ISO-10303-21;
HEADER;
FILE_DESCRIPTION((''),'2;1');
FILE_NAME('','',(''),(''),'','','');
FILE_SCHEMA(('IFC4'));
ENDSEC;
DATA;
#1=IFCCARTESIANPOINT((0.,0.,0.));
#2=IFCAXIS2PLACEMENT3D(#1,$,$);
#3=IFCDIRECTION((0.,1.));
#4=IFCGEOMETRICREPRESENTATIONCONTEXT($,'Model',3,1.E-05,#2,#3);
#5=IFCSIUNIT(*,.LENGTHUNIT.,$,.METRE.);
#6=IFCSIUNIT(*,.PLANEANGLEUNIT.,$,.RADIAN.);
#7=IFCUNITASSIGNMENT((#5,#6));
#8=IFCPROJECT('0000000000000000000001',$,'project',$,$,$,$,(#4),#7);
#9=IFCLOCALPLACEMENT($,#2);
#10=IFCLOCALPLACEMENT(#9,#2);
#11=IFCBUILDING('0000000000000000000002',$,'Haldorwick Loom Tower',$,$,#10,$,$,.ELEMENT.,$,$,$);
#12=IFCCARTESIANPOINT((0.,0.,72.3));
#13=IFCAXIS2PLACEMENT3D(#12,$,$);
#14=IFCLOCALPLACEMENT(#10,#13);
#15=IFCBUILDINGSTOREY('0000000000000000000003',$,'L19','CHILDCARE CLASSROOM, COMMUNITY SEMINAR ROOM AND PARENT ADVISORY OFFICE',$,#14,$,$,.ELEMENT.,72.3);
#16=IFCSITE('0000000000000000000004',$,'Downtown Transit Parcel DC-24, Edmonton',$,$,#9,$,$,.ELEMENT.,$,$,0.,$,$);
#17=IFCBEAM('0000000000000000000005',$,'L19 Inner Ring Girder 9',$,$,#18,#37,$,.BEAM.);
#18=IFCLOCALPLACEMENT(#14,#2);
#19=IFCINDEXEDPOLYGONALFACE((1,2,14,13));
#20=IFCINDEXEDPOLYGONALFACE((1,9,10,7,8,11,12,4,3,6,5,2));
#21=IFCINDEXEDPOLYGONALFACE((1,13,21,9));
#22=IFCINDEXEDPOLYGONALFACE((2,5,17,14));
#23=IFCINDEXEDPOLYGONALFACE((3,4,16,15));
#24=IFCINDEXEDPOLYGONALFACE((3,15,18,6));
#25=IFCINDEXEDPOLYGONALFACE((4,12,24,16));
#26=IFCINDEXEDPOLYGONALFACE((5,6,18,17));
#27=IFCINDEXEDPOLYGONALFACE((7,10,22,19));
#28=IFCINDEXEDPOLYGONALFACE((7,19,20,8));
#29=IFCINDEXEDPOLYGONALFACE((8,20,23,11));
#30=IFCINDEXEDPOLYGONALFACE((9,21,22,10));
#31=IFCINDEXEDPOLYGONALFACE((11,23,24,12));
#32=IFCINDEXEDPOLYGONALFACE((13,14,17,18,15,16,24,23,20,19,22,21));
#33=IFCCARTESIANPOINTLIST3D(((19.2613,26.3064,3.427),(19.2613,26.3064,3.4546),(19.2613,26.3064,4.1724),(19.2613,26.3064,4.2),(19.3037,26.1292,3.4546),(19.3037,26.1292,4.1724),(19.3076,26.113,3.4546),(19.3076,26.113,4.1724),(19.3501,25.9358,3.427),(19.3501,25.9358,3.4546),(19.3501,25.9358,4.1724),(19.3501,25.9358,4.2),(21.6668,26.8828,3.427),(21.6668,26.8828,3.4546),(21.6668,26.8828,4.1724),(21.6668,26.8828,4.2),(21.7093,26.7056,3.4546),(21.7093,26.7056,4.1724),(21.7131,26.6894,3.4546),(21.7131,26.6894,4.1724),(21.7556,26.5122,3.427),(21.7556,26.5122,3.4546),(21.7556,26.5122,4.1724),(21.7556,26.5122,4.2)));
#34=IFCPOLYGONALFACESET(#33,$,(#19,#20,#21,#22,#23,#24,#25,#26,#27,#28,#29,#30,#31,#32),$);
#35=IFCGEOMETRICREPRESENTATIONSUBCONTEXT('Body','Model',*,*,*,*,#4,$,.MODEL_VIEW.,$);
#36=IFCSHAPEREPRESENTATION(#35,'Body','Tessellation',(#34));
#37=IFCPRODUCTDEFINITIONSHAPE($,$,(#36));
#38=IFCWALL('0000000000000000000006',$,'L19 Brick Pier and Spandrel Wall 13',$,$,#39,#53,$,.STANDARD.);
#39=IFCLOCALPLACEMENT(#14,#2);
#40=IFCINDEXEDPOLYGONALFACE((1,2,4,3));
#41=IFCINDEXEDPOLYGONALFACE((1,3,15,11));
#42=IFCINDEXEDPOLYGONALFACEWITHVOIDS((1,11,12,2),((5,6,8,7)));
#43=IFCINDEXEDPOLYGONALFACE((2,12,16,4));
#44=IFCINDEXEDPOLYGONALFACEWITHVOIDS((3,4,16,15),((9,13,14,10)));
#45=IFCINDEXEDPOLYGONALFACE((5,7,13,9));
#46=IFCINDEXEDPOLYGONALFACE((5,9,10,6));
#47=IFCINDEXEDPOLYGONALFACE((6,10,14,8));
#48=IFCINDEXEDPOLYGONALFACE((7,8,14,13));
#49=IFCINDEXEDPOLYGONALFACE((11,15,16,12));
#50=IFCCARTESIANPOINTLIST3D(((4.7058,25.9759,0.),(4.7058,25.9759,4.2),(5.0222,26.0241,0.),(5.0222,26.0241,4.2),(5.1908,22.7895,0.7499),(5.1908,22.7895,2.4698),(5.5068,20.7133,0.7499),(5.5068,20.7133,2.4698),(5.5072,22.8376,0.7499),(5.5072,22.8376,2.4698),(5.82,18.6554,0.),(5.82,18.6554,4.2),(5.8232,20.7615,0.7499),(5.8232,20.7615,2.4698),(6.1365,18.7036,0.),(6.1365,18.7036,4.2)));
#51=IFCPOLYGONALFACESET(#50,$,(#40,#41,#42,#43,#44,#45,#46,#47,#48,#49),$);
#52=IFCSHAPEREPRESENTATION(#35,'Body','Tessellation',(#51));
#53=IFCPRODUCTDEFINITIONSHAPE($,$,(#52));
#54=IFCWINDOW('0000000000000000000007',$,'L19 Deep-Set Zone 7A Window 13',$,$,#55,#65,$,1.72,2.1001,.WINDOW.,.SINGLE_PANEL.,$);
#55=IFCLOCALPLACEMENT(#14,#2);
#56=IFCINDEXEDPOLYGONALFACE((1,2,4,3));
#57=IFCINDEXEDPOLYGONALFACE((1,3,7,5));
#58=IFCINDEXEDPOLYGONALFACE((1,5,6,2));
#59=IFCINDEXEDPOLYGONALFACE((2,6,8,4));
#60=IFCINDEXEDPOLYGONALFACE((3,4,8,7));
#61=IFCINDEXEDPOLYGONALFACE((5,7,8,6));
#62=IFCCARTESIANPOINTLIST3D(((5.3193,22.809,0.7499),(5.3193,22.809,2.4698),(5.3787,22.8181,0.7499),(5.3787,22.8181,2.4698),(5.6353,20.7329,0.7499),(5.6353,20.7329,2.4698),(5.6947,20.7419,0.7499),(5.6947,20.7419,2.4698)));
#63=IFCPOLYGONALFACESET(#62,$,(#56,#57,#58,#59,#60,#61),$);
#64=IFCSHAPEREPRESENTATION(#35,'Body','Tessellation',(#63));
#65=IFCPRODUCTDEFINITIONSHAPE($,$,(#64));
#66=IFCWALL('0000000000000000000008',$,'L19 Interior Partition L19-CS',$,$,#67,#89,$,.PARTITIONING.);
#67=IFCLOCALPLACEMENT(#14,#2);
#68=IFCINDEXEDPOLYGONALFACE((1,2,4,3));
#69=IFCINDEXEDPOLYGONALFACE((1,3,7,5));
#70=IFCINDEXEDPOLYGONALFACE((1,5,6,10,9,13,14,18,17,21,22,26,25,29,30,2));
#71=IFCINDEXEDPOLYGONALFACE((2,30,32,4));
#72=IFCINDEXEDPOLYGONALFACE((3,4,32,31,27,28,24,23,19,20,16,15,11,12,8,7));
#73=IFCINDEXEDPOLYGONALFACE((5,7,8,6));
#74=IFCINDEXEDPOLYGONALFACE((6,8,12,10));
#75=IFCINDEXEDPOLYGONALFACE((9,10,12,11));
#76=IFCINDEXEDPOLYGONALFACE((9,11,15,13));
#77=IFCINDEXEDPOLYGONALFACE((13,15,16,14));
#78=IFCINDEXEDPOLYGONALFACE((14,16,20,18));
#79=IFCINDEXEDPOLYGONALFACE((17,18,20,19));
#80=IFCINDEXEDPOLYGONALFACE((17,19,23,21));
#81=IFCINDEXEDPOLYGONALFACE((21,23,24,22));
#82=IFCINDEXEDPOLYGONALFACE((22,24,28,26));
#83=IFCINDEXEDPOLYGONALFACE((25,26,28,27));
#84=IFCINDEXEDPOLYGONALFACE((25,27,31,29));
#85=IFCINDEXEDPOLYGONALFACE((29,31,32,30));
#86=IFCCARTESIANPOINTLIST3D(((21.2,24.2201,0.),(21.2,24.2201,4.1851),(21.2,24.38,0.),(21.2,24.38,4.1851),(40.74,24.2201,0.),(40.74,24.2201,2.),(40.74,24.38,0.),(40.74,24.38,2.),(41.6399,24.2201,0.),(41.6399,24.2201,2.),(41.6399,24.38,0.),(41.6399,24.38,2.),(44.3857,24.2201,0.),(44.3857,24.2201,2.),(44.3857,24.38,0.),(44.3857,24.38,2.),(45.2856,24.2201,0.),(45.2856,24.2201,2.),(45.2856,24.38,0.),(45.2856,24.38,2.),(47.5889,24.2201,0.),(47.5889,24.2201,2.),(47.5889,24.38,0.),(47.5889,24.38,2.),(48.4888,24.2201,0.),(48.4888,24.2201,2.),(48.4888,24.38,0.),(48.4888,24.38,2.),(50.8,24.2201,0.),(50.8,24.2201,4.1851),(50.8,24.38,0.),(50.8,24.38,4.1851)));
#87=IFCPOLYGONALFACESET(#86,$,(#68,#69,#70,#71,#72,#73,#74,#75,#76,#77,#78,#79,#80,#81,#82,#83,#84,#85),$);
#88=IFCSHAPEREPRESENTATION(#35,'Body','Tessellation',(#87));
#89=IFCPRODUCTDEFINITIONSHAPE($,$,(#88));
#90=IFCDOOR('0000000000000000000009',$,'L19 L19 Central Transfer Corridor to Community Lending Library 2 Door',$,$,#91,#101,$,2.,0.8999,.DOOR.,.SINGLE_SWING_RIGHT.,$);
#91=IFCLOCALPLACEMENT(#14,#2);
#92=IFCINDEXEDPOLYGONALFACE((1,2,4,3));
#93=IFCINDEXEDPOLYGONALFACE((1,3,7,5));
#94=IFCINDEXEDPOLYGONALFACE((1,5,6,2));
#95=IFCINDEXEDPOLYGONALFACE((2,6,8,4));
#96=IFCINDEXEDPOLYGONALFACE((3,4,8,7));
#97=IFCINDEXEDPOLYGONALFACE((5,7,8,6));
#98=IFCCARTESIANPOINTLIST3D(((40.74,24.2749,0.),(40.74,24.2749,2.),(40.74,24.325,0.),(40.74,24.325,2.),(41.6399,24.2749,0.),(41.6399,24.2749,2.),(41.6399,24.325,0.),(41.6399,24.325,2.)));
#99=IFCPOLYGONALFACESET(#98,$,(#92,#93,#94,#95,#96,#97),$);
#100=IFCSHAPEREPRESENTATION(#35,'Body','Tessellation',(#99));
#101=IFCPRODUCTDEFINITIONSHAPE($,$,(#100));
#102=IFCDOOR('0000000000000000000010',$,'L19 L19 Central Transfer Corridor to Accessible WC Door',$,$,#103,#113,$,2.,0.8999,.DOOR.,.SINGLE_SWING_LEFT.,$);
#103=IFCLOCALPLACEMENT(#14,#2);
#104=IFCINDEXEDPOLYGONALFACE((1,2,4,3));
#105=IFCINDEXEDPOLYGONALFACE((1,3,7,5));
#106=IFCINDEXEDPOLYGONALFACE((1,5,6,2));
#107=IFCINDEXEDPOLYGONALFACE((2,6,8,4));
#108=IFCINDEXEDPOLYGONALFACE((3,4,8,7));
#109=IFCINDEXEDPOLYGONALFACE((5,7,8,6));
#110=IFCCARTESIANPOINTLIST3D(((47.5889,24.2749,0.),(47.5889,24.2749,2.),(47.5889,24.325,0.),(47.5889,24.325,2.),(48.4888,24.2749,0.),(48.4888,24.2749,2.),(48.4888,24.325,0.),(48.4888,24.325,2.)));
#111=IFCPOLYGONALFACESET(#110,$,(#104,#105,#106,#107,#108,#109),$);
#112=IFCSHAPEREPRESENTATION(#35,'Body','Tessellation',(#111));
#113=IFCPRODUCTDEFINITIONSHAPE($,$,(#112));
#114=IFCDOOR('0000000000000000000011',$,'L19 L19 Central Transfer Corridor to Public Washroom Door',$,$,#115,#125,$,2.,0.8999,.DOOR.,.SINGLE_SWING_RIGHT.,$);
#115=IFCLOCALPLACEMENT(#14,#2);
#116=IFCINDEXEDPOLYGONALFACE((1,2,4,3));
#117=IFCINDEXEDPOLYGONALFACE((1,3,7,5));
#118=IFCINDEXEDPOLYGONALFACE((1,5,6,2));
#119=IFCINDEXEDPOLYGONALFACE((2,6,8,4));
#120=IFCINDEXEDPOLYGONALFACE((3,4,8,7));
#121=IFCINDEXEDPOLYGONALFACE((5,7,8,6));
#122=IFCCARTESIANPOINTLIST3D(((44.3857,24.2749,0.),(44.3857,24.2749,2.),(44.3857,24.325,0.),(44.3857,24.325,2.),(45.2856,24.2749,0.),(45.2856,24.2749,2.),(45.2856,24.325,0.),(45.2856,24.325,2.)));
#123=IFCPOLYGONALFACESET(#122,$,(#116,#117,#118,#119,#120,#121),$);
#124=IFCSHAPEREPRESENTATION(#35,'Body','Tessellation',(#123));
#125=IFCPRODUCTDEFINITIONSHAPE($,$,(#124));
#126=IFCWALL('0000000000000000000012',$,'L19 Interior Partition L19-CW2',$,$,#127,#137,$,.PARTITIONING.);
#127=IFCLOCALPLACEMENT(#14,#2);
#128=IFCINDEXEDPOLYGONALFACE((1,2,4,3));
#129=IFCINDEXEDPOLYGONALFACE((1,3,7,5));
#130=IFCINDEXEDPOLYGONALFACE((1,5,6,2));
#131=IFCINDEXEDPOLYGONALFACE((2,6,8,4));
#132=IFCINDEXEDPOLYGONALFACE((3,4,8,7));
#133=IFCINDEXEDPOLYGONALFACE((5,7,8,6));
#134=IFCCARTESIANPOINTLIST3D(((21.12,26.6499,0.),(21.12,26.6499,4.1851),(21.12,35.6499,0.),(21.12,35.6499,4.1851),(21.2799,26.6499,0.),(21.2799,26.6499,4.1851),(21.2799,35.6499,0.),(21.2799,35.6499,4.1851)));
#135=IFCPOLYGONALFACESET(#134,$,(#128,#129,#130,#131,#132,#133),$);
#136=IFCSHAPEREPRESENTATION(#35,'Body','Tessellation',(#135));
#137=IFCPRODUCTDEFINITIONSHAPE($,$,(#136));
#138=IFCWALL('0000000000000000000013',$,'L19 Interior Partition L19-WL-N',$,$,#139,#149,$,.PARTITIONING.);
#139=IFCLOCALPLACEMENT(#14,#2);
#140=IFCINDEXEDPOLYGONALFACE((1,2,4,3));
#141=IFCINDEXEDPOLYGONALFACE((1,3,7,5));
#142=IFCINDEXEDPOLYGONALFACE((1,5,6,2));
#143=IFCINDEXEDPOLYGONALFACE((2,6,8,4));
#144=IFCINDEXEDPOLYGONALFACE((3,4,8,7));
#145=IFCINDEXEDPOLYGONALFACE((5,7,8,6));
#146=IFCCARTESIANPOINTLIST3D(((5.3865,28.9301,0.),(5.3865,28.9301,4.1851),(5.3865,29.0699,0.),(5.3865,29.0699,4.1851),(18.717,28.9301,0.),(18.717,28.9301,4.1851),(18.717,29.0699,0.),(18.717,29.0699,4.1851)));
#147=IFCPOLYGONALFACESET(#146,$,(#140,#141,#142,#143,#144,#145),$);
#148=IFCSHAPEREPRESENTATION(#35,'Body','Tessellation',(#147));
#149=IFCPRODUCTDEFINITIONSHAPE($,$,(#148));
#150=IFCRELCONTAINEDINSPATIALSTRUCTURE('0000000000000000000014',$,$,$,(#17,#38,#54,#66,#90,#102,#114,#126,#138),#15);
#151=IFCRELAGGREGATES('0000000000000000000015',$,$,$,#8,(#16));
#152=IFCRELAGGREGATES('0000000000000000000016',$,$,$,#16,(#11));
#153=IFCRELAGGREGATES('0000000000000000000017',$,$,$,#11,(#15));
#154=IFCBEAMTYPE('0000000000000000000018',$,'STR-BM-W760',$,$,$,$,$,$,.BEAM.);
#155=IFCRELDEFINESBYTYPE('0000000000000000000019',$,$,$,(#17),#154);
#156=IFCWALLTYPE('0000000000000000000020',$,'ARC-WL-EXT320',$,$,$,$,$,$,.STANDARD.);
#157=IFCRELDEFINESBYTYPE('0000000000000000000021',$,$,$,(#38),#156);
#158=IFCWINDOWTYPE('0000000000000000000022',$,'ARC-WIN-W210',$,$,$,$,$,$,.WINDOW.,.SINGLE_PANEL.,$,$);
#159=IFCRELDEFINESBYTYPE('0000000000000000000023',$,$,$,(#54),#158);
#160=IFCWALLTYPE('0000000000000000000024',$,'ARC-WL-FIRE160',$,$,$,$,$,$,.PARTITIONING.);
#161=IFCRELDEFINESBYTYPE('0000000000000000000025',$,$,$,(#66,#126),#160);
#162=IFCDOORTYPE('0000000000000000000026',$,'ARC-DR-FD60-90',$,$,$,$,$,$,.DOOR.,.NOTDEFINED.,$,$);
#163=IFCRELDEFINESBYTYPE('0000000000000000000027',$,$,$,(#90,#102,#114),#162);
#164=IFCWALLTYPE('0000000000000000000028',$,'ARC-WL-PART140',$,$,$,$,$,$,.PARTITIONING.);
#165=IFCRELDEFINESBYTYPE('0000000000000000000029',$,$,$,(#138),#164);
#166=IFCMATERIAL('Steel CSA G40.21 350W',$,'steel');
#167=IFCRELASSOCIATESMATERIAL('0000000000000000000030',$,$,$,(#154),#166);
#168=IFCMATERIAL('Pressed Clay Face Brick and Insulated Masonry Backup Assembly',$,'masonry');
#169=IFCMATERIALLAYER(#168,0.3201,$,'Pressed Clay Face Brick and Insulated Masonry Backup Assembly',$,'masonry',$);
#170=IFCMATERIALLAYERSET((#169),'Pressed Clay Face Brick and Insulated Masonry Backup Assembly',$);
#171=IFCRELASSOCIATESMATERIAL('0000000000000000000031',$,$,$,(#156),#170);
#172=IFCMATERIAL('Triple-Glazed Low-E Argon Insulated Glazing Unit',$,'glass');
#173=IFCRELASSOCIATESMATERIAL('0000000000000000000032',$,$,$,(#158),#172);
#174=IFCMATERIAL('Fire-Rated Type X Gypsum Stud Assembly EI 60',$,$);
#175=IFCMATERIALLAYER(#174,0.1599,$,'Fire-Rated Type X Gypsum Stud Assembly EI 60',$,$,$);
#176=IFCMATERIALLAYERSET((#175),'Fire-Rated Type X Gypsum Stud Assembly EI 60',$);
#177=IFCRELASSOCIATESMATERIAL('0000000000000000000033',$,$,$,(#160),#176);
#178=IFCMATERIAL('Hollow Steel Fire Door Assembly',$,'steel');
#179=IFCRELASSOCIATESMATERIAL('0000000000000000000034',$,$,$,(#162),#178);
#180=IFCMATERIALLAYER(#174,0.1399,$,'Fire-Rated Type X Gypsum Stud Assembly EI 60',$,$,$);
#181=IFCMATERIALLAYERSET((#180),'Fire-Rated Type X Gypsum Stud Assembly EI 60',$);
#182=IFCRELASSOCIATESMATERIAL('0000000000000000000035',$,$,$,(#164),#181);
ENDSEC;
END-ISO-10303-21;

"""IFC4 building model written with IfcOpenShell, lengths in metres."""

from ifc_helpers import new_model, si_unit, direction, frame, frame_2d, origin, origin_2d, place, context, subcontext, project, spatial, rectangle, i_section, extrude, material, layer, layer_set, material_profile, profile_set, type_object, element, fill, save


model = new_model("IFC4")

# Units and contexts
model_context = context("Model", 3, precision=1e-05, world=origin(), true_north=direction((0.0, 1.0)))
body_context = subcontext(model_context, "Body", "Model", "MODEL_VIEW")
ifc_project = project(units=[si_unit("LENGTHUNIT", "METRE"), si_unit("PLANEANGLEUNIT", "RADIAN")], contexts=[model_context])

# Site, building, storey
site_placement = place(None, origin())
site = spatial("IfcSite", under=ifc_project, at=site_placement, Name="Downtown Transit Parcel DC-24, Edmonton", CompositionType="ELEMENT", RefElevation=0.0)
building_placement = place(site_placement, origin())
building = spatial("IfcBuilding", under=site, at=building_placement, Name="Haldorwick Loom Tower", CompositionType="ELEMENT")
storey_placement = place(building_placement, frame((0.0, 0.0, 72.3)))
storey = spatial("IfcBuildingStorey", under=building, at=storey_placement, Name="L19", Description="CHILDCARE CLASSROOM, COMMUNITY SEMINAR ROOM AND PARENT ADVISORY OFFICE", CompositionType="ELEMENT", Elevation=72.3)

# Beam
ifc_material_1 = material(Name="Steel CSA G40.21 350W", Category="steel")
ifc_material_profile_1 = material_profile(ifc_material_1, i_section(OverallWidth=0.3811, OverallDepth=0.7729, WebThickness=0.0166, FlangeThickness=0.0276, at=origin_2d()), Name="W760X257", Category="steel")
ifc_profile_set_1 = profile_set([ifc_material_profile_1], Name="Steel CSA G40.21 350W")
beam_type_1 = type_object("IfcBeamType", Name="STR-BM-W760", PredefinedType="BEAM", material=ifc_profile_set_1)
beam_1_placement = place(storey_placement, frame((19.3057, 26.1211, 3.8135), z_axis=(0.972471, 0.233026, 0.0), x_axis=(-0.233026, 0.972471, 0.0)))
element("IfcBeam", 1, at=beam_1_placement, inside=storey, type_object=beam_type_1, Name="L19 Inner Ring Girder 9", PredefinedType="BEAM", context=body_context, shape_type="SweptSolid", body=[
    extrude(i_section(OverallWidth=0.3811, OverallDepth=0.7729, WebThickness=0.0166, FlangeThickness=0.0276, at=origin_2d()), origin(), (0.0, 0.0, 1.0), 2.4736),
])

# Wall, opening, window
ifc_material_2 = material(Name="Pressed Clay Face Brick and Insulated Masonry Backup Assembly", Category="masonry")
ifc_layer_1 = layer(ifc_material_2, 0.3201, Name="Pressed Clay Face Brick and Insulated Masonry Backup Assembly", Category="masonry")
ifc_layer_set_1 = layer_set([ifc_layer_1], Name="Pressed Clay Face Brick and Insulated Masonry Backup Assembly")
wall_type_1 = type_object("IfcWallType", Name="ARC-WL-EXT320", PredefinedType="STANDARD", material=ifc_layer_set_1)
wall_1_placement = place(storey_placement, frame((4.864, 26.0, 0.0), z_axis=(0.0, 0.0, 1.0), x_axis=(0.150476, -0.988614, 0.0)))
wall_1 = element("IfcWall", 2, at=wall_1_placement, inside=storey, type_object=wall_type_1, Name="L19 Brick Pier and Spandrel Wall 13", PredefinedType="STANDARD", context=body_context, shape_type="SweptSolid", body=[
    extrude(rectangle(XDim=7.4048, YDim=0.3201, at=frame_2d((3.7024, 0.0))), origin(), (0.0, 0.0, 1.0), 4.2),
])
opening_1_placement = place(wall_1_placement, frame((3.2231, 0.0, 0.75)))
opening_1 = element("IfcOpeningElement", 3, at=opening_1_placement, cuts=wall_1, PredefinedType="OPENING", context=body_context, shape_type="SweptSolid", body=[
    extrude(rectangle(XDim=2.1001, YDim=1.72, at=frame_2d((1.05, 0.8599))), frame((0.0, 0.1699, 0.0), z_axis=(0.0, -1.0, 0.0), x_axis=(1.0, 0.0, 0.0)), (0.0, 0.0, 1.0), 0.3401),
])
ifc_material_3 = material(Name="Triple-Glazed Low-E Argon Insulated Glazing Unit", Category="glass")
window_type = type_object("IfcWindowType", Name="ARC-WIN-W210", PartitioningType="SINGLE_PANEL", PredefinedType="WINDOW", material=ifc_material_3)
window_placement = place(opening_1_placement, origin())
window = element("IfcWindow", 4, at=window_placement, inside=storey, type_object=window_type, Name="L19 Deep-Set Zone 7A Window 13", OverallHeight=1.72, OverallWidth=2.1001, PartitioningType="SINGLE_PANEL", PredefinedType="WINDOW", context=body_context, shape_type="SweptSolid", body=[
    extrude(rectangle(XDim=2.1001, YDim=1.72, at=frame_2d((1.05, 0.8599))), frame((0.0, 0.03, 0.0), z_axis=(0.0, -1.0, 0.0), x_axis=(1.0, 0.0, 0.0)), (0.0, 0.0, 1.0), 0.0601),
])
fill(opening_1, window)

# Wall, openings, doors
ifc_material_4 = material(Name="Fire-Rated Type X Gypsum Stud Assembly EI 60")
ifc_layer_2 = layer(ifc_material_4, 0.1599, Name="Fire-Rated Type X Gypsum Stud Assembly EI 60")
ifc_layer_set_2 = layer_set([ifc_layer_2], Name="Fire-Rated Type X Gypsum Stud Assembly EI 60")
wall_type_2 = type_object("IfcWallType", Name="ARC-WL-FIRE160", PredefinedType="PARTITIONING", material=ifc_layer_set_2)
wall_2_placement = place(storey_placement, frame((21.2, 24.3, 0.0), z_axis=(0.0, 0.0, 1.0), x_axis=(1.0, 0.0, 0.0)))
wall_2 = element("IfcWall", 5, at=wall_2_placement, inside=storey, type_object=wall_type_2, Name="L19 Interior Partition L19-CS", PredefinedType="PARTITIONING", context=body_context, shape_type="SweptSolid", body=[
    extrude(rectangle(XDim=29.6001, YDim=0.1599, at=frame_2d((14.8, 0.0))), origin(), (0.0, 0.0, 1.0), 4.1851),
])
opening_2_placement = place(wall_2_placement, frame((19.54, 0.0, 0.0)))
opening_2 = element("IfcOpeningElement", 6, at=opening_2_placement, cuts=wall_2, PredefinedType="OPENING", context=body_context, shape_type="SweptSolid", body=[
    extrude(rectangle(XDim=0.8999, YDim=2.0, at=frame_2d((0.45, 1.0))), frame((0.0, 0.0898, 0.0), z_axis=(0.0, -1.0, 0.0), x_axis=(1.0, 0.0, 0.0)), (0.0, 0.0, 1.0), 0.1799),
])
opening_3_placement = place(wall_2_placement, frame((26.3889, 0.0, 0.0)))
opening_3 = element("IfcOpeningElement", 7, at=opening_3_placement, cuts=wall_2, PredefinedType="OPENING", context=body_context, shape_type="SweptSolid", body=[
    extrude(rectangle(XDim=0.8999, YDim=2.0, at=frame_2d((0.45, 1.0))), frame((0.0, 0.0898, 0.0), z_axis=(0.0, -1.0, 0.0), x_axis=(1.0, 0.0, 0.0)), (0.0, 0.0, 1.0), 0.1799),
])
opening_4_placement = place(wall_2_placement, frame((23.1858, 0.0, 0.0)))
opening_4 = element("IfcOpeningElement", 8, at=opening_4_placement, cuts=wall_2, PredefinedType="OPENING", context=body_context, shape_type="SweptSolid", body=[
    extrude(rectangle(XDim=0.8999, YDim=2.0, at=frame_2d((0.45, 1.0))), frame((0.0, 0.0898, 0.0), z_axis=(0.0, -1.0, 0.0), x_axis=(1.0, 0.0, 0.0)), (0.0, 0.0, 1.0), 0.1799),
])
ifc_material_5 = material(Name="Hollow Steel Fire Door Assembly", Category="steel")
door_type_1 = type_object("IfcDoorType", Name="ARC-DR-FD60-90", OperationType="NOTDEFINED", PredefinedType="DOOR", material=ifc_material_5)
door_1_placement = place(opening_2_placement, origin())
door_1 = element("IfcDoor", 9, at=door_1_placement, inside=storey, type_object=door_type_1, Name="L19 L19 Central Transfer Corridor to Community Lending Library 2 Door", OperationType="SINGLE_SWING_RIGHT", OverallHeight=2.0, OverallWidth=0.8999, PredefinedType="DOOR", context=body_context, shape_type="SweptSolid", body=[
    extrude(rectangle(XDim=0.8999, YDim=2.0, at=frame_2d((0.45, 1.0))), frame((0.0, 0.0249, 0.0), z_axis=(0.0, -1.0, 0.0), x_axis=(1.0, 0.0, 0.0)), (0.0, 0.0, 1.0), 0.05),
])
fill(opening_2, door_1)
door_2_placement = place(opening_3_placement, origin())
door_2 = element("IfcDoor", 10, at=door_2_placement, inside=storey, type_object=door_type_1, Name="L19 L19 Central Transfer Corridor to Accessible WC Door", OperationType="SINGLE_SWING_LEFT", OverallHeight=2.0, OverallWidth=0.8999, PredefinedType="DOOR", context=body_context, shape_type="SweptSolid", body=[
    extrude(rectangle(XDim=0.8999, YDim=2.0, at=frame_2d((0.45, 1.0))), frame((0.0, 0.0249, 0.0), z_axis=(0.0, -1.0, 0.0), x_axis=(1.0, 0.0, 0.0)), (0.0, 0.0, 1.0), 0.05),
])
fill(opening_3, door_2)
door_3_placement = place(opening_4_placement, origin())
door_3 = element("IfcDoor", 11, at=door_3_placement, inside=storey, type_object=door_type_1, Name="L19 L19 Central Transfer Corridor to Public Washroom Door", OperationType="SINGLE_SWING_RIGHT", OverallHeight=2.0, OverallWidth=0.8999, PredefinedType="DOOR", context=body_context, shape_type="SweptSolid", body=[
    extrude(rectangle(XDim=0.8999, YDim=2.0, at=frame_2d((0.45, 1.0))), frame((0.0, 0.0249, 0.0), z_axis=(0.0, -1.0, 0.0), x_axis=(1.0, 0.0, 0.0)), (0.0, 0.0, 1.0), 0.05),
])
fill(opening_4, door_3)

# Walls
wall_3_placement = place(storey_placement, frame((21.2, 26.6499, 0.0), z_axis=(0.0, 0.0, 1.0), x_axis=(0.0, 1.0, 0.0)))
element("IfcWall", 12, at=wall_3_placement, inside=storey, type_object=wall_type_2, Name="L19 Interior Partition L19-CW2", PredefinedType="PARTITIONING", context=body_context, shape_type="SweptSolid", body=[
    extrude(rectangle(XDim=9.0, YDim=0.1599, at=frame_2d((4.5, 0.0))), origin(), (0.0, 0.0, 1.0), 4.1851),
])
ifc_layer_3 = layer(ifc_material_4, 0.1399, Name="Fire-Rated Type X Gypsum Stud Assembly EI 60")
ifc_layer_set_3 = layer_set([ifc_layer_3], Name="Fire-Rated Type X Gypsum Stud Assembly EI 60")
wall_type_3 = type_object("IfcWallType", Name="ARC-WL-PART140", PredefinedType="PARTITIONING", material=ifc_layer_set_3)
wall_4_placement = place(storey_placement, frame((5.3865, 29.0, 0.0), z_axis=(0.0, 0.0, 1.0), x_axis=(1.0, 0.0, 0.0)))
element("IfcWall", 13, at=wall_4_placement, inside=storey, type_object=wall_type_3, Name="L19 Interior Partition L19-WL-N", PredefinedType="PARTITIONING", context=body_context, shape_type="SweptSolid", body=[
    extrude(rectangle(XDim=13.3306, YDim=0.1399, at=frame_2d((6.6653, 0.0))), origin(), (0.0, 0.0, 1.0), 4.1851),
])

save(model, "model.ifc")
